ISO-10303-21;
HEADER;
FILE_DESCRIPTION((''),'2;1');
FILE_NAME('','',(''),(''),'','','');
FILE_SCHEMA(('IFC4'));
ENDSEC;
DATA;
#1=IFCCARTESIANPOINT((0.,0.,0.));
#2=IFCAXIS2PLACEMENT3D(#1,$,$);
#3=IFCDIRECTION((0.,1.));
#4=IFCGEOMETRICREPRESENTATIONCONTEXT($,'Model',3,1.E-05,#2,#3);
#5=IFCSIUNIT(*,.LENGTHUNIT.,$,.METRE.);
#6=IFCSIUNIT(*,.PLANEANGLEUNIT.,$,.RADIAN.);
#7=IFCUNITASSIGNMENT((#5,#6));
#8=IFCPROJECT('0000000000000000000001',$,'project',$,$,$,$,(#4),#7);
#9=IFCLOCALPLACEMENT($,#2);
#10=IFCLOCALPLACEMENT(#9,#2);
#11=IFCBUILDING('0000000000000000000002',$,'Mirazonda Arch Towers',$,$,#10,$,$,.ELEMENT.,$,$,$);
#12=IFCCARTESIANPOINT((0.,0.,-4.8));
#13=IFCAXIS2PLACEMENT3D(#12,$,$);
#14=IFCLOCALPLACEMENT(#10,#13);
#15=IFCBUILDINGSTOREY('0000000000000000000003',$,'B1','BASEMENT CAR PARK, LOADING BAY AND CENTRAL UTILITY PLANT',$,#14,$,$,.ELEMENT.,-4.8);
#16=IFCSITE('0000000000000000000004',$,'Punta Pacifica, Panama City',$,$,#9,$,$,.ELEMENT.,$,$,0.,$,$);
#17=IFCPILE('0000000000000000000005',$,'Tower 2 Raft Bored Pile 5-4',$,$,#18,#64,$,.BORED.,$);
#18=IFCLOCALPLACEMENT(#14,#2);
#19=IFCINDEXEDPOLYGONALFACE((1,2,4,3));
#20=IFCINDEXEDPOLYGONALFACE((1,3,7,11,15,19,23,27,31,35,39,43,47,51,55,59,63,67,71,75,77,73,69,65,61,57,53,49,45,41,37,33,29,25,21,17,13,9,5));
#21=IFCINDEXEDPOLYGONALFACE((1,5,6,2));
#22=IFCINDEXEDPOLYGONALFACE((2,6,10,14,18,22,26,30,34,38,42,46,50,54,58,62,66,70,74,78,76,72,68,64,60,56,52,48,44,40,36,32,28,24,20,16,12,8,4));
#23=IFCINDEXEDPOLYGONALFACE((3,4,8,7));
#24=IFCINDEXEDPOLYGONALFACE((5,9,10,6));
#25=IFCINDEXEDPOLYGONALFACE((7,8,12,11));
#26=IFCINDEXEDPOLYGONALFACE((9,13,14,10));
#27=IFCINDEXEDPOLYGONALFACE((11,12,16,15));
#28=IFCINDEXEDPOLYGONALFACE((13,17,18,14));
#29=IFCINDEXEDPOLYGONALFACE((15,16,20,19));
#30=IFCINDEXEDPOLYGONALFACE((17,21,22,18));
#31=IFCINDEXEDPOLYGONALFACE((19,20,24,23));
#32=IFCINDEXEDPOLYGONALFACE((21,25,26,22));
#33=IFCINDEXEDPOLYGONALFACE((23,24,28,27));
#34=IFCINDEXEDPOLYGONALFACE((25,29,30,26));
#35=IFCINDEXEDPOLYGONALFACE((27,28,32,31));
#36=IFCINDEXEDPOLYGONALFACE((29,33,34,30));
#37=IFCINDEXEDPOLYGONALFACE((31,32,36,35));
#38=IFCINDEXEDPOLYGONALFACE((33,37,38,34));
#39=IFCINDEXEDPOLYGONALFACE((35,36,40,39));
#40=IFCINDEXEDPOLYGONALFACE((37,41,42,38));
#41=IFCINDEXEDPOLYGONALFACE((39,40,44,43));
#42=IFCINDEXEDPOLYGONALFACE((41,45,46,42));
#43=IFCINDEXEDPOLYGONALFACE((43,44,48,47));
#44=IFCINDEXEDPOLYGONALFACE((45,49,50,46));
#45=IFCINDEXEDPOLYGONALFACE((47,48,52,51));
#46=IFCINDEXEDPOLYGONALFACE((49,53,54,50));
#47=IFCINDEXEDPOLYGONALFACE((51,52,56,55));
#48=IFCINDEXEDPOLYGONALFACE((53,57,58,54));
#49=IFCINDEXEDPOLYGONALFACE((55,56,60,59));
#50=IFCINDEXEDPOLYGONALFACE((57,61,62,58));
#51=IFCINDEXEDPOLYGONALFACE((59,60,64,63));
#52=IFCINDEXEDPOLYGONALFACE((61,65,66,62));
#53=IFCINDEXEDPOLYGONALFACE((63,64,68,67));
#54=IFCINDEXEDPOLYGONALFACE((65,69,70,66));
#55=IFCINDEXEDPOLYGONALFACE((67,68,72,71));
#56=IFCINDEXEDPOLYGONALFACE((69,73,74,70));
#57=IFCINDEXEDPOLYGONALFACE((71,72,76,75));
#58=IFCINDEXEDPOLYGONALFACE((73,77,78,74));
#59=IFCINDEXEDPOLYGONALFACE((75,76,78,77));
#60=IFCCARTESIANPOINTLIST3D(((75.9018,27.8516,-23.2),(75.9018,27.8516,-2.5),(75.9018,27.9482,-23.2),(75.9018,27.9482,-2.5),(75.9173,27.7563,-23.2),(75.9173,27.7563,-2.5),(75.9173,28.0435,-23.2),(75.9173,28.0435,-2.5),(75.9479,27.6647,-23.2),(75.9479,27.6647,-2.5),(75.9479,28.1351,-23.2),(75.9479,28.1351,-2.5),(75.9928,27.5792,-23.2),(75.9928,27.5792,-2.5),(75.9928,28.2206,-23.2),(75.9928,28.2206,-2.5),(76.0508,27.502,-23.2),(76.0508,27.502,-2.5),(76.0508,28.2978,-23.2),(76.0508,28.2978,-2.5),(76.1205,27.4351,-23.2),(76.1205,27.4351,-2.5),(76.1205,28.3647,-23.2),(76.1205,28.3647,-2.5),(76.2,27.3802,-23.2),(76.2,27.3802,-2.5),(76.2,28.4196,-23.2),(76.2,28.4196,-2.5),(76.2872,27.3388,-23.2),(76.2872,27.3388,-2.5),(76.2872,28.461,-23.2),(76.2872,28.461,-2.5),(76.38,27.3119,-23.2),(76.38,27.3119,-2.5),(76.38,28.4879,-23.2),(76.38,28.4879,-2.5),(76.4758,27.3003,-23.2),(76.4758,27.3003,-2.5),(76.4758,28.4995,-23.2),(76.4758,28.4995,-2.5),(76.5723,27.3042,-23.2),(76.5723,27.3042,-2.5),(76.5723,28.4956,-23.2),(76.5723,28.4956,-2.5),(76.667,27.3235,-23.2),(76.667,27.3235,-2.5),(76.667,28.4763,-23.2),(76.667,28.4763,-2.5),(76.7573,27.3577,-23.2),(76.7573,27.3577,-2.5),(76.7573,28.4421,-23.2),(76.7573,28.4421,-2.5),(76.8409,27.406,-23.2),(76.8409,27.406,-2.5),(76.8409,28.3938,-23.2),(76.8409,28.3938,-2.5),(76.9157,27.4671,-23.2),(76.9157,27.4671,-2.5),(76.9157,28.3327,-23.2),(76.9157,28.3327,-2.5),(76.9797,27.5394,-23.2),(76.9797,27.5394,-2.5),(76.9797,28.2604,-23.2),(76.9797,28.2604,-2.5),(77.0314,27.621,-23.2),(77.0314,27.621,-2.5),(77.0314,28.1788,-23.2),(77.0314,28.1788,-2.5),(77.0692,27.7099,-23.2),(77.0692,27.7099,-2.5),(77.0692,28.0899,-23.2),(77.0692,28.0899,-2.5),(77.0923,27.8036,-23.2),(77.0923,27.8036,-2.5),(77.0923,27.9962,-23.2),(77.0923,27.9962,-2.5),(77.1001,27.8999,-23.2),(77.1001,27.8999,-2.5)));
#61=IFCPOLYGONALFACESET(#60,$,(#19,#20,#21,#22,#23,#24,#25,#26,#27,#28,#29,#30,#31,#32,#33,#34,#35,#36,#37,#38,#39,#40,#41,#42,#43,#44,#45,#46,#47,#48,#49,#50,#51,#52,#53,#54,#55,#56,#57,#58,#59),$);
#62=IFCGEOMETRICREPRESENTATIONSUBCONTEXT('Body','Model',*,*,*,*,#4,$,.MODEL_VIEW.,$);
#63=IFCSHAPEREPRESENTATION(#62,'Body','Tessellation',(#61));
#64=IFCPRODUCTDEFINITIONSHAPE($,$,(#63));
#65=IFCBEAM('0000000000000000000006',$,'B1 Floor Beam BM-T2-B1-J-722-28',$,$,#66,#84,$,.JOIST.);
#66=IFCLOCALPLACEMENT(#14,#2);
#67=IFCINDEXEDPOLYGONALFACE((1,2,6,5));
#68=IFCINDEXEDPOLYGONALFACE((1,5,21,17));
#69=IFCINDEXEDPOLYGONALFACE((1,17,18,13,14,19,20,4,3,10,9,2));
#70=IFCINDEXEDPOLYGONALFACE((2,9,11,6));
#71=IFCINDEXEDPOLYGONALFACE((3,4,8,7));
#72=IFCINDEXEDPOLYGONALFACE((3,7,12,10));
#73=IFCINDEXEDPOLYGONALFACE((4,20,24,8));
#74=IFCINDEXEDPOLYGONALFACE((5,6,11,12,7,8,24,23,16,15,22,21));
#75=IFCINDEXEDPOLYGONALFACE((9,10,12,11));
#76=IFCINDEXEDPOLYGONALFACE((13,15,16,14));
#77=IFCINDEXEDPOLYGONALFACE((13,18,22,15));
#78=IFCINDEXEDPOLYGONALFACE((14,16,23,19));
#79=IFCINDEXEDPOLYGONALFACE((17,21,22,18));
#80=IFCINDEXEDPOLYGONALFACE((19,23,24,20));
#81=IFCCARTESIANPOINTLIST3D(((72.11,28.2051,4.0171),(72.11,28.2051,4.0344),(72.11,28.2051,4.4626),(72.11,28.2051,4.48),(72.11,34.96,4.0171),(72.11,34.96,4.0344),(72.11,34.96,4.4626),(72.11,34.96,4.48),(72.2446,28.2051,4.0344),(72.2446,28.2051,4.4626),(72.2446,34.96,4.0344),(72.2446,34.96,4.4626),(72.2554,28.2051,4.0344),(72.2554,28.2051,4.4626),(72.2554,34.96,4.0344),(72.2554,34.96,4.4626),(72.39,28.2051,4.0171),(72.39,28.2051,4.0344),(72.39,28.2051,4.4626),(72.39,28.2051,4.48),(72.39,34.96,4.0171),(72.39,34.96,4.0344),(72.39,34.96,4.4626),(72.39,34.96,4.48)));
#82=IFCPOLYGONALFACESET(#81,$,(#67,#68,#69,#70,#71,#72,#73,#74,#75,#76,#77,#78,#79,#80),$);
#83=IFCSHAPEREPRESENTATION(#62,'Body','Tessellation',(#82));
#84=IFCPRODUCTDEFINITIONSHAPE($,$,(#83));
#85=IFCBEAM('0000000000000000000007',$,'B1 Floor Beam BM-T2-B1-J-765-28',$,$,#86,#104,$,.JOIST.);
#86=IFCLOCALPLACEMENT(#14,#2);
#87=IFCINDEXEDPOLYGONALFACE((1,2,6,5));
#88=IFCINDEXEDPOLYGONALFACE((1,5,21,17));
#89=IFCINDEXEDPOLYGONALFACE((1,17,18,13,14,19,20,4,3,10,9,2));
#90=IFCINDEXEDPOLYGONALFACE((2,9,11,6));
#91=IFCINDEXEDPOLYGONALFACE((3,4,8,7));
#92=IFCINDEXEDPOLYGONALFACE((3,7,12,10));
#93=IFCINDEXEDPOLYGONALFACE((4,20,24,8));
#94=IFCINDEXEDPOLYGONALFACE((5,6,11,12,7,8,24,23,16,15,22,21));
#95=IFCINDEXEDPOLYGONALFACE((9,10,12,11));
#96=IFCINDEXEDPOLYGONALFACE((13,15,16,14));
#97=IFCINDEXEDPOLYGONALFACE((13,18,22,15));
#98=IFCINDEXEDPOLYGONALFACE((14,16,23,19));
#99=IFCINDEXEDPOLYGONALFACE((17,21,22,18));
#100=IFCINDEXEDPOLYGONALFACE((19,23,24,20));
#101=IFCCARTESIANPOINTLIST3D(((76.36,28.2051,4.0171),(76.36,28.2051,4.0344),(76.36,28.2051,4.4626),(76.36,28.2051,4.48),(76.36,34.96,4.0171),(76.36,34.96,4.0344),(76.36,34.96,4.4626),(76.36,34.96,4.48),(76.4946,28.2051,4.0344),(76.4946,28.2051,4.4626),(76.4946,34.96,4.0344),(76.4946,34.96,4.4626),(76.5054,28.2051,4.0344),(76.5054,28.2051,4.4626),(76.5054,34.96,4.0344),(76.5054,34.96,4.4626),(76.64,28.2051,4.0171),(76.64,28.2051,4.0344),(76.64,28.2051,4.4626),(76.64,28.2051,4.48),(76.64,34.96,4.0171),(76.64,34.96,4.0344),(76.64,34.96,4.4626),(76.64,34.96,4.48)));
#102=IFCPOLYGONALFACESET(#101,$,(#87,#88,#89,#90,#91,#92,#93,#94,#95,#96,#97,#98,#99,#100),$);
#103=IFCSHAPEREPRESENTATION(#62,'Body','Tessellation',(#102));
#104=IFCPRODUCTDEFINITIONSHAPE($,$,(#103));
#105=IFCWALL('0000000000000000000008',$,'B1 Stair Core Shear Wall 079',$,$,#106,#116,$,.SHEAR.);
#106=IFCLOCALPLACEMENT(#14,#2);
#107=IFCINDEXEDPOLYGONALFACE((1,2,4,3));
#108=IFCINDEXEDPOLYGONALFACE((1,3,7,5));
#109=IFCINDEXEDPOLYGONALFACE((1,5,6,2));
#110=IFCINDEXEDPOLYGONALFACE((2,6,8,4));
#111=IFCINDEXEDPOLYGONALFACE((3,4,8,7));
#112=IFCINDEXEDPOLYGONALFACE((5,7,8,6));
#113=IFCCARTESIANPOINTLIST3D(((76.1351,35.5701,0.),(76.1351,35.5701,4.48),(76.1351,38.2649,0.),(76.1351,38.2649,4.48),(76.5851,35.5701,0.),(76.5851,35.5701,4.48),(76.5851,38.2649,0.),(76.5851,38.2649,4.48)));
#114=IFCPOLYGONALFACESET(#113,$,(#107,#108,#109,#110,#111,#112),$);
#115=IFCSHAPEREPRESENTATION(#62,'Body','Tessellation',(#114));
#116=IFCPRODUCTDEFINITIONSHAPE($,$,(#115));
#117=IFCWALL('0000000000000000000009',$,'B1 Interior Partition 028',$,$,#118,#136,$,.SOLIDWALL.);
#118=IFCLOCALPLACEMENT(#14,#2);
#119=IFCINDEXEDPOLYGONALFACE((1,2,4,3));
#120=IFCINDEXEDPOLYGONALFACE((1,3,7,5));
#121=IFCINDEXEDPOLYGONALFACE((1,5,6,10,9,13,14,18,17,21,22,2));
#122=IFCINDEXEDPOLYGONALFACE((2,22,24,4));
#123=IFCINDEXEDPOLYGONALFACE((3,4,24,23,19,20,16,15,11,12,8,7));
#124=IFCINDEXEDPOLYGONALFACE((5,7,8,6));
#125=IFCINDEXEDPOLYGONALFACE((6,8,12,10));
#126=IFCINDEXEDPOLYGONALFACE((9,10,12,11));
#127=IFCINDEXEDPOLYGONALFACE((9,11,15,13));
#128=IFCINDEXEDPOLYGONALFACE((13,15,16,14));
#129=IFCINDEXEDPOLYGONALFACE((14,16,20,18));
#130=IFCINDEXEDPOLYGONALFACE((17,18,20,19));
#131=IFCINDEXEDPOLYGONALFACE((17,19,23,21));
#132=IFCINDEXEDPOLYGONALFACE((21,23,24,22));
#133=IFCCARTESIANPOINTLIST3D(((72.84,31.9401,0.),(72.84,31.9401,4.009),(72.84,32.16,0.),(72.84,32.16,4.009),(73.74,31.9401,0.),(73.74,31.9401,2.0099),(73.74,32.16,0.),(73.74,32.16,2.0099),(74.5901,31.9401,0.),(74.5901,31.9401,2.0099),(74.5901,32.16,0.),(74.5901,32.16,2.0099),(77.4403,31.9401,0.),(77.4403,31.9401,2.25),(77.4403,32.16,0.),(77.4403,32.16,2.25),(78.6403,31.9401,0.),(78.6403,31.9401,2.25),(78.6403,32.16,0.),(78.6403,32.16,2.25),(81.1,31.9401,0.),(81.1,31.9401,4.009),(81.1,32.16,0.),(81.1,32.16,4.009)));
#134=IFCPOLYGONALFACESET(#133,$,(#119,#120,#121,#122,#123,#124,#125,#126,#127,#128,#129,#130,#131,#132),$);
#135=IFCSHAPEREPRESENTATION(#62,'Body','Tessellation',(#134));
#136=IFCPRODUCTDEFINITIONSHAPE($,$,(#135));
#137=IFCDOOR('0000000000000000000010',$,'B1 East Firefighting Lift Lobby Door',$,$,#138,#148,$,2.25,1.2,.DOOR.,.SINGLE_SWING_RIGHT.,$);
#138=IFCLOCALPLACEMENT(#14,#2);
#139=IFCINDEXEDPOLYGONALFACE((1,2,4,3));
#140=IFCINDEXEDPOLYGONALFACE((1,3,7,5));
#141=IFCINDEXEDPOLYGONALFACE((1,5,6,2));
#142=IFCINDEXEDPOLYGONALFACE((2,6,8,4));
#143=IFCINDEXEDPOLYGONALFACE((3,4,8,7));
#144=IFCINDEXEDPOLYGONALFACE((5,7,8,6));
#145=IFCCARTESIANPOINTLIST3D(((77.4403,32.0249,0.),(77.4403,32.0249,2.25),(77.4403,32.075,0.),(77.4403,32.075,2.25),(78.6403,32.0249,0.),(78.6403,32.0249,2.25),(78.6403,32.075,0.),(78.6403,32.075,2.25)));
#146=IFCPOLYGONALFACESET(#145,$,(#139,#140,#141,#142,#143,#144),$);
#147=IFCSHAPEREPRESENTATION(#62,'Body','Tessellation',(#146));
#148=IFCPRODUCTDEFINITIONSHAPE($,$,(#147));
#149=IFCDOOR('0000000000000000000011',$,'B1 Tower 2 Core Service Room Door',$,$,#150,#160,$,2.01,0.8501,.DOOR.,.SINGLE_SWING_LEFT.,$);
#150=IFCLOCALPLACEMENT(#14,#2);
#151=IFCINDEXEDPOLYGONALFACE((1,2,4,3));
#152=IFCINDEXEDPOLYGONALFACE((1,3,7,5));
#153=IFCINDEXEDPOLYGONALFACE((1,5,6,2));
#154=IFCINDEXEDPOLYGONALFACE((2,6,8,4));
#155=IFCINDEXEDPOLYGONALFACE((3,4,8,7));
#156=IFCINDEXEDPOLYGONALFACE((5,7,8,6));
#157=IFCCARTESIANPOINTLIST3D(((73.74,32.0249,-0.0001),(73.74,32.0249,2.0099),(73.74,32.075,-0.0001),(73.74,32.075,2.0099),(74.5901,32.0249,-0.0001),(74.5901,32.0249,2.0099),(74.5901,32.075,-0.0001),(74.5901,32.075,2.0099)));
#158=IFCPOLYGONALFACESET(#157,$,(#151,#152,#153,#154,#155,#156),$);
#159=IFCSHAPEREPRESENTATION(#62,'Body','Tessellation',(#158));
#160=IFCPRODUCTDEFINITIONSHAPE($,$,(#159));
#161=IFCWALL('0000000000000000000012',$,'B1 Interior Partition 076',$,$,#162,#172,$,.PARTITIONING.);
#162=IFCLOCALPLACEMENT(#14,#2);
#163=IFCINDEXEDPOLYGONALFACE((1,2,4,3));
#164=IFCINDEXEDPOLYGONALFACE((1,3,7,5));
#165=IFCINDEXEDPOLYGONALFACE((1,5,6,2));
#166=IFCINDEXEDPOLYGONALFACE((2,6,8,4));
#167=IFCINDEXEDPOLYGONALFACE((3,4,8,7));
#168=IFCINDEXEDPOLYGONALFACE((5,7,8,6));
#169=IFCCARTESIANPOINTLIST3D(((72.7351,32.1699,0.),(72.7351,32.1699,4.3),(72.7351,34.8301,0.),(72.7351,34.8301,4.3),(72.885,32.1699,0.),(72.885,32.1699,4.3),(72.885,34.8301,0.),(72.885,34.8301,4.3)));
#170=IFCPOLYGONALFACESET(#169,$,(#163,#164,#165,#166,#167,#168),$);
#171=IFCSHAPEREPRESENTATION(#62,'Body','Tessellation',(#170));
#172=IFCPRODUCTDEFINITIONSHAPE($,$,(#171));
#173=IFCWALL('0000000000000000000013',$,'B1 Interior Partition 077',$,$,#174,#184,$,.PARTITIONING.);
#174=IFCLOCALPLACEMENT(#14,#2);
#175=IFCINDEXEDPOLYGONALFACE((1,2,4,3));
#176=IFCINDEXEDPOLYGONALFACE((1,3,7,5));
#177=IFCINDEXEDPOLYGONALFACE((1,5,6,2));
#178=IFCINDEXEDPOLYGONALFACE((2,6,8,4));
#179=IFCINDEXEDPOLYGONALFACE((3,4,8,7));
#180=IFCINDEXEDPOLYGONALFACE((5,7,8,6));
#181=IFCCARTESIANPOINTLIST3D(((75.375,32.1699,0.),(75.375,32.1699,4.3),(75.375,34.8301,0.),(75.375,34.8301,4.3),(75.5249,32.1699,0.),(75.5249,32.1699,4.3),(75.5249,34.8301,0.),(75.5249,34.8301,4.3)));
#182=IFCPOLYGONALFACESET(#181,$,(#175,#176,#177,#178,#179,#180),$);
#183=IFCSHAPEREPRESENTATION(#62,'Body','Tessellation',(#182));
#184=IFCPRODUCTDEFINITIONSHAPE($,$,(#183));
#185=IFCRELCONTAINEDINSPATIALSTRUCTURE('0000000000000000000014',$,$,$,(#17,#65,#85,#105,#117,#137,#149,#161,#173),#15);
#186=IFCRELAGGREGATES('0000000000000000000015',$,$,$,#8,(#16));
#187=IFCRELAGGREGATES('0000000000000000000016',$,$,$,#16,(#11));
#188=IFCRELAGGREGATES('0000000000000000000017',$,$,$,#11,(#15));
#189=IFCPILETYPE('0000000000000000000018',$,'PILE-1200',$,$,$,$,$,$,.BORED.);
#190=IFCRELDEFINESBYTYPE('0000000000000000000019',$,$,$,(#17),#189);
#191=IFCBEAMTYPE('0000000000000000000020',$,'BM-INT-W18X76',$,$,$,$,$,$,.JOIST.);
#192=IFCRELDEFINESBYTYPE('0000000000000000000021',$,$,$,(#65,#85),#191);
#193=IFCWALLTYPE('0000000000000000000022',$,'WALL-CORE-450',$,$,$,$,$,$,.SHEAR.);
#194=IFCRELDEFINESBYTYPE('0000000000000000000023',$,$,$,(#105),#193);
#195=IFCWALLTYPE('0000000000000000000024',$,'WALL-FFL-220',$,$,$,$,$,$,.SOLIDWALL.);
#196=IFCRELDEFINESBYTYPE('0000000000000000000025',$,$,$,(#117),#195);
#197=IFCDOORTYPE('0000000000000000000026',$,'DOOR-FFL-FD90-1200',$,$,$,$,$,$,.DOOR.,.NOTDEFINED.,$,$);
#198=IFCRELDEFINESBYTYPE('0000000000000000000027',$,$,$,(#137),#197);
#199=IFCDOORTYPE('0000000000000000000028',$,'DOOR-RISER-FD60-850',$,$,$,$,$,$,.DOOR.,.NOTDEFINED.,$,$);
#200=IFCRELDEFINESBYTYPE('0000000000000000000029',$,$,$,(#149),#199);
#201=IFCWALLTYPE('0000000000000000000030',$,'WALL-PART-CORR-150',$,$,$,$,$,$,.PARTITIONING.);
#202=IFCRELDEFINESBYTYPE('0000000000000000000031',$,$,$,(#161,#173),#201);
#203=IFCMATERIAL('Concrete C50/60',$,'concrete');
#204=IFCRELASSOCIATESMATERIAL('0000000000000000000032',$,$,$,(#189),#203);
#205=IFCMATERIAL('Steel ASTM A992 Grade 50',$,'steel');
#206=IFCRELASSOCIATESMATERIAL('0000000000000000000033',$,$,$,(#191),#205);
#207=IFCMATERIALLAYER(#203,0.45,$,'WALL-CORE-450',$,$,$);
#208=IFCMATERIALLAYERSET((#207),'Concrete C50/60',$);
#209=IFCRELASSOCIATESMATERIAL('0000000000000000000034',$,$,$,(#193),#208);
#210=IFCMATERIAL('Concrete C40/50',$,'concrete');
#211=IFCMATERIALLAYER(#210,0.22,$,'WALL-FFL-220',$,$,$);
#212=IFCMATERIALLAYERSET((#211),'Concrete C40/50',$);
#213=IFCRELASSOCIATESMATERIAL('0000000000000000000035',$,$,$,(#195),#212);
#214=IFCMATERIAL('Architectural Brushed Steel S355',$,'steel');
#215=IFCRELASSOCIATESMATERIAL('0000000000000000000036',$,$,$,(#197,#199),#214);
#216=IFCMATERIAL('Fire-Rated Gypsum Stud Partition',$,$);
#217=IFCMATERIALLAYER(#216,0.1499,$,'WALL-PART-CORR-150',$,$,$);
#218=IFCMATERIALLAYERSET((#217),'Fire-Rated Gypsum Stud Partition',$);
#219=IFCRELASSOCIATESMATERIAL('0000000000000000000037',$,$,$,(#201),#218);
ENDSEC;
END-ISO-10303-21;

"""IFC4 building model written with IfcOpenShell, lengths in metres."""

from ifc_helpers import new_model, si_unit, direction, frame, frame_2d, origin, origin_2d, place, context, subcontext, project, spatial, rectangle, circle, i_section, extrude, material, layer, layer_set, material_profile, profile_set, type_object, element, fill, save


model = new_model("IFC4")

# Units and contexts
model_context = context("Model", 3, precision=1e-05, world=origin(), true_north=direction((0.0, 1.0)))
body_context = subcontext(model_context, "Body", "Model", "MODEL_VIEW")
ifc_project = project(units=[si_unit("LENGTHUNIT", "METRE"), si_unit("PLANEANGLEUNIT", "RADIAN")], contexts=[model_context])

# Site, building, storey
site_placement = place(None, origin())
site = spatial("IfcSite", under=ifc_project, at=site_placement, Name="Punta Pacifica, Panama City", CompositionType="ELEMENT", RefElevation=0.0)
building_placement = place(site_placement, origin())
building = spatial("IfcBuilding", under=site, at=building_placement, Name="Mirazonda Arch Towers", CompositionType="ELEMENT")
storey_placement = place(building_placement, frame((0.0, 0.0, -4.8)))
storey = spatial("IfcBuildingStorey", under=building, at=storey_placement, Name="B1", Description="BASEMENT CAR PARK, LOADING BAY AND CENTRAL UTILITY PLANT", CompositionType="ELEMENT", Elevation=-4.8)

# Pile
ifc_material_1 = material(Name="Concrete C50/60", Category="concrete")
ifc_material_profile_1 = material_profile(ifc_material_1, circle(Radius=0.6001, at=origin_2d()), Name="BORED-D1200")
ifc_profile_set_1 = profile_set([ifc_material_profile_1], Name="Concrete C50/60")
pile_type = type_object("IfcPileType", Name="PILE-1200", PredefinedType="BORED", material=ifc_profile_set_1)
for number, where, z_axis, x_axis, name in (
    (1, (76.5, 27.8999, -2.5), (0.0, 0.0, -1.0), (1.0, 0.0, 0.0), "Tower 2 Raft Bored Pile 5-4"),
):
    element("IfcPile", number, at=place(storey_placement, frame(where, z_axis=z_axis, x_axis=x_axis)), inside=storey, type_object=pile_type, Name=name, PredefinedType="BORED", context=body_context, shape_type="SweptSolid", body=[
        extrude(circle(Radius=0.6001, at=origin_2d()), origin(), (0.0, 0.0, 1.0), 20.7),
    ])

# Beams
ifc_material_2 = material(Name="Steel ASTM A992 Grade 50", Category="steel")
ifc_material_profile_2 = material_profile(ifc_material_2, i_section(OverallWidth=0.28, OverallDepth=0.4629, WebThickness=0.0107, FlangeThickness=0.0173, at=origin_2d()), Name="W18X76")
ifc_profile_set_2 = profile_set([ifc_material_profile_2], Name="Steel ASTM A992 Grade 50")
beam_type = type_object("IfcBeamType", Name="BM-INT-W18X76", PredefinedType="JOIST", material=ifc_profile_set_2)
for number, where, z_axis, x_axis, name in (
    (2, (72.25, 28.2051, 4.2485), (0.0, 1.0, 0.0), (-1.0, 0.0, 0.0), "B1 Floor Beam BM-T2-B1-J-722-28"),
    (3, (76.5, 28.2051, 4.2485), (0.0, 1.0, 0.0), (-1.0, 0.0, 0.0), "B1 Floor Beam BM-T2-B1-J-765-28"),
):
    element("IfcBeam", number, at=place(storey_placement, frame(where, z_axis=z_axis, x_axis=x_axis)), inside=storey, type_object=beam_type, Name=name, PredefinedType="JOIST", context=body_context, shape_type="SweptSolid", body=[
        extrude(i_section(OverallWidth=0.28, OverallDepth=0.4629, WebThickness=0.0107, FlangeThickness=0.0173, at=origin_2d()), origin(), (0.0, 0.0, 1.0), 6.7549),
    ])

# Wall
ifc_layer_1 = layer(ifc_material_1, 0.45, Name="WALL-CORE-450")
ifc_layer_set_1 = layer_set([ifc_layer_1], Name="Concrete C50/60")
wall_type_1 = type_object("IfcWallType", Name="WALL-CORE-450", PredefinedType="SHEAR", material=ifc_layer_set_1)
wall_1_placement = place(storey_placement, frame((76.3601, 35.5701, 0.0), z_axis=(0.0, 0.0, 1.0), x_axis=(0.0, 1.0, 0.0)))
element("IfcWall", 4, at=wall_1_placement, inside=storey, type_object=wall_type_1, Name="B1 Stair Core Shear Wall 079", PredefinedType="SHEAR", context=body_context, shape_type="SweptSolid", body=[
    extrude(rectangle(XDim=2.6948, YDim=0.45, at=frame_2d((1.3474, 0.0))), origin(), (0.0, 0.0, 1.0), 4.48),
])

# Wall, openings, doors
ifc_material_3 = material(Name="Concrete C40/50", Category="concrete")
ifc_layer_2 = layer(ifc_material_3, 0.22, Name="WALL-FFL-220")
ifc_layer_set_2 = layer_set([ifc_layer_2], Name="Concrete C40/50")
wall_type_2 = type_object("IfcWallType", Name="WALL-FFL-220", PredefinedType="SOLIDWALL", material=ifc_layer_set_2)
wall_2_placement = place(storey_placement, frame((72.8401, 32.05, 0.0), z_axis=(0.0, 0.0, 1.0), x_axis=(1.0, 0.0, 0.0)))
wall_2 = element("IfcWall", 5, at=wall_2_placement, inside=storey, type_object=wall_type_2, Name="B1 Interior Partition 028", PredefinedType="SOLIDWALL", context=body_context, shape_type="SweptSolid", body=[
    extrude(rectangle(XDim=8.26, YDim=0.22, at=frame_2d((4.1299, 0.0))), origin(), (0.0, 0.0, 1.0), 4.009),
])
opening_1_placement = place(wall_2_placement, frame((4.6001, 0.0, 0.0)))
opening_1 = element("IfcOpeningElement", 6, at=opening_1_placement, cuts=wall_2, PredefinedType="OPENING", context=body_context, shape_type="SweptSolid", body=[
    extrude(rectangle(XDim=1.2, YDim=2.25, at=frame_2d((0.6001, 1.125))), frame((0.0, 0.1199, 0.0), z_axis=(0.0, -1.0, 0.0), x_axis=(1.0, 0.0, 0.0)), (0.0, 0.0, 1.0), 0.24),
])
opening_2_placement = place(wall_2_placement, frame((0.8999, 0.0, 0.0)))
opening_2 = element("IfcOpeningElement", 7, at=opening_2_placement, cuts=wall_2, PredefinedType="OPENING", context=body_context, shape_type="SweptSolid", body=[
    extrude(rectangle(XDim=0.8501, YDim=2.01, at=frame_2d((0.425, 1.0049))), frame((0.0, 0.1199, 0.0), z_axis=(0.0, -1.0, 0.0), x_axis=(1.0, 0.0, 0.0)), (0.0, 0.0, 1.0), 0.24),
])
ifc_material_4 = material(Name="Architectural Brushed Steel S355", Category="steel")
door_type_1 = type_object("IfcDoorType", Name="DOOR-FFL-FD90-1200", OperationType="NOTDEFINED", PredefinedType="DOOR", material=ifc_material_4)
door_1_placement = place(opening_1_placement, origin())
door_1 = element("IfcDoor", 8, at=door_1_placement, inside=storey, type_object=door_type_1, Name="B1 East Firefighting Lift Lobby Door", OperationType="SINGLE_SWING_RIGHT", OverallHeight=2.25, OverallWidth=1.2, PredefinedType="DOOR", context=body_context, shape_type="SweptSolid", body=[
    extrude(rectangle(XDim=1.2, YDim=2.25, at=frame_2d((0.6001, 1.125))), frame((0.0, 0.0249, 0.0), z_axis=(0.0, -1.0, 0.0), x_axis=(1.0, 0.0, 0.0)), (0.0, 0.0, 1.0), 0.05),
])
fill(opening_1, door_1)
door_type_2 = type_object("IfcDoorType", Name="DOOR-RISER-FD60-850", OperationType="NOTDEFINED", PredefinedType="DOOR", material=ifc_material_4)
door_2_placement = place(opening_2_placement, origin())
door_2 = element("IfcDoor", 9, at=door_2_placement, inside=storey, type_object=door_type_2, Name="B1 Tower 2 Core Service Room Door", OperationType="SINGLE_SWING_LEFT", OverallHeight=2.01, OverallWidth=0.8501, PredefinedType="DOOR", context=body_context, shape_type="SweptSolid", body=[
    extrude(rectangle(XDim=0.8501, YDim=2.01, at=frame_2d((0.425, 1.0049))), frame((0.0, 0.0249, 0.0), z_axis=(0.0, -1.0, 0.0), x_axis=(1.0, 0.0, 0.0)), (0.0, 0.0, 1.0), 0.05),
])
fill(opening_2, door_2)

# Walls
ifc_material_5 = material(Name="Fire-Rated Gypsum Stud Partition")
ifc_layer_3 = layer(ifc_material_5, 0.1499, Name="WALL-PART-CORR-150")
ifc_layer_set_3 = layer_set([ifc_layer_3], Name="Fire-Rated Gypsum Stud Partition")
wall_type_3 = type_object("IfcWallType", Name="WALL-PART-CORR-150", PredefinedType="PARTITIONING", material=ifc_layer_set_3)
for number, where, z_axis, x_axis, name in (
    (10, (72.8101, 32.1699, 0.0), (0.0, 0.0, 1.0), (0.0, 1.0, 0.0), "B1 Interior Partition 076"),
    (11, (75.45, 32.1699, 0.0), (0.0, 0.0, 1.0), (0.0, 1.0, 0.0), "B1 Interior Partition 077"),
):
    element("IfcWall", number, at=place(storey_placement, frame(where, z_axis=z_axis, x_axis=x_axis)), inside=storey, type_object=wall_type_3, Name=name, PredefinedType="PARTITIONING", context=body_context, shape_type="SweptSolid", body=[
        extrude(rectangle(XDim=2.6602, YDim=0.1499, at=frame_2d((1.3301, 0.0))), origin(), (0.0, 0.0, 1.0), 4.3),
    ])

save(model, "model.ifc")
